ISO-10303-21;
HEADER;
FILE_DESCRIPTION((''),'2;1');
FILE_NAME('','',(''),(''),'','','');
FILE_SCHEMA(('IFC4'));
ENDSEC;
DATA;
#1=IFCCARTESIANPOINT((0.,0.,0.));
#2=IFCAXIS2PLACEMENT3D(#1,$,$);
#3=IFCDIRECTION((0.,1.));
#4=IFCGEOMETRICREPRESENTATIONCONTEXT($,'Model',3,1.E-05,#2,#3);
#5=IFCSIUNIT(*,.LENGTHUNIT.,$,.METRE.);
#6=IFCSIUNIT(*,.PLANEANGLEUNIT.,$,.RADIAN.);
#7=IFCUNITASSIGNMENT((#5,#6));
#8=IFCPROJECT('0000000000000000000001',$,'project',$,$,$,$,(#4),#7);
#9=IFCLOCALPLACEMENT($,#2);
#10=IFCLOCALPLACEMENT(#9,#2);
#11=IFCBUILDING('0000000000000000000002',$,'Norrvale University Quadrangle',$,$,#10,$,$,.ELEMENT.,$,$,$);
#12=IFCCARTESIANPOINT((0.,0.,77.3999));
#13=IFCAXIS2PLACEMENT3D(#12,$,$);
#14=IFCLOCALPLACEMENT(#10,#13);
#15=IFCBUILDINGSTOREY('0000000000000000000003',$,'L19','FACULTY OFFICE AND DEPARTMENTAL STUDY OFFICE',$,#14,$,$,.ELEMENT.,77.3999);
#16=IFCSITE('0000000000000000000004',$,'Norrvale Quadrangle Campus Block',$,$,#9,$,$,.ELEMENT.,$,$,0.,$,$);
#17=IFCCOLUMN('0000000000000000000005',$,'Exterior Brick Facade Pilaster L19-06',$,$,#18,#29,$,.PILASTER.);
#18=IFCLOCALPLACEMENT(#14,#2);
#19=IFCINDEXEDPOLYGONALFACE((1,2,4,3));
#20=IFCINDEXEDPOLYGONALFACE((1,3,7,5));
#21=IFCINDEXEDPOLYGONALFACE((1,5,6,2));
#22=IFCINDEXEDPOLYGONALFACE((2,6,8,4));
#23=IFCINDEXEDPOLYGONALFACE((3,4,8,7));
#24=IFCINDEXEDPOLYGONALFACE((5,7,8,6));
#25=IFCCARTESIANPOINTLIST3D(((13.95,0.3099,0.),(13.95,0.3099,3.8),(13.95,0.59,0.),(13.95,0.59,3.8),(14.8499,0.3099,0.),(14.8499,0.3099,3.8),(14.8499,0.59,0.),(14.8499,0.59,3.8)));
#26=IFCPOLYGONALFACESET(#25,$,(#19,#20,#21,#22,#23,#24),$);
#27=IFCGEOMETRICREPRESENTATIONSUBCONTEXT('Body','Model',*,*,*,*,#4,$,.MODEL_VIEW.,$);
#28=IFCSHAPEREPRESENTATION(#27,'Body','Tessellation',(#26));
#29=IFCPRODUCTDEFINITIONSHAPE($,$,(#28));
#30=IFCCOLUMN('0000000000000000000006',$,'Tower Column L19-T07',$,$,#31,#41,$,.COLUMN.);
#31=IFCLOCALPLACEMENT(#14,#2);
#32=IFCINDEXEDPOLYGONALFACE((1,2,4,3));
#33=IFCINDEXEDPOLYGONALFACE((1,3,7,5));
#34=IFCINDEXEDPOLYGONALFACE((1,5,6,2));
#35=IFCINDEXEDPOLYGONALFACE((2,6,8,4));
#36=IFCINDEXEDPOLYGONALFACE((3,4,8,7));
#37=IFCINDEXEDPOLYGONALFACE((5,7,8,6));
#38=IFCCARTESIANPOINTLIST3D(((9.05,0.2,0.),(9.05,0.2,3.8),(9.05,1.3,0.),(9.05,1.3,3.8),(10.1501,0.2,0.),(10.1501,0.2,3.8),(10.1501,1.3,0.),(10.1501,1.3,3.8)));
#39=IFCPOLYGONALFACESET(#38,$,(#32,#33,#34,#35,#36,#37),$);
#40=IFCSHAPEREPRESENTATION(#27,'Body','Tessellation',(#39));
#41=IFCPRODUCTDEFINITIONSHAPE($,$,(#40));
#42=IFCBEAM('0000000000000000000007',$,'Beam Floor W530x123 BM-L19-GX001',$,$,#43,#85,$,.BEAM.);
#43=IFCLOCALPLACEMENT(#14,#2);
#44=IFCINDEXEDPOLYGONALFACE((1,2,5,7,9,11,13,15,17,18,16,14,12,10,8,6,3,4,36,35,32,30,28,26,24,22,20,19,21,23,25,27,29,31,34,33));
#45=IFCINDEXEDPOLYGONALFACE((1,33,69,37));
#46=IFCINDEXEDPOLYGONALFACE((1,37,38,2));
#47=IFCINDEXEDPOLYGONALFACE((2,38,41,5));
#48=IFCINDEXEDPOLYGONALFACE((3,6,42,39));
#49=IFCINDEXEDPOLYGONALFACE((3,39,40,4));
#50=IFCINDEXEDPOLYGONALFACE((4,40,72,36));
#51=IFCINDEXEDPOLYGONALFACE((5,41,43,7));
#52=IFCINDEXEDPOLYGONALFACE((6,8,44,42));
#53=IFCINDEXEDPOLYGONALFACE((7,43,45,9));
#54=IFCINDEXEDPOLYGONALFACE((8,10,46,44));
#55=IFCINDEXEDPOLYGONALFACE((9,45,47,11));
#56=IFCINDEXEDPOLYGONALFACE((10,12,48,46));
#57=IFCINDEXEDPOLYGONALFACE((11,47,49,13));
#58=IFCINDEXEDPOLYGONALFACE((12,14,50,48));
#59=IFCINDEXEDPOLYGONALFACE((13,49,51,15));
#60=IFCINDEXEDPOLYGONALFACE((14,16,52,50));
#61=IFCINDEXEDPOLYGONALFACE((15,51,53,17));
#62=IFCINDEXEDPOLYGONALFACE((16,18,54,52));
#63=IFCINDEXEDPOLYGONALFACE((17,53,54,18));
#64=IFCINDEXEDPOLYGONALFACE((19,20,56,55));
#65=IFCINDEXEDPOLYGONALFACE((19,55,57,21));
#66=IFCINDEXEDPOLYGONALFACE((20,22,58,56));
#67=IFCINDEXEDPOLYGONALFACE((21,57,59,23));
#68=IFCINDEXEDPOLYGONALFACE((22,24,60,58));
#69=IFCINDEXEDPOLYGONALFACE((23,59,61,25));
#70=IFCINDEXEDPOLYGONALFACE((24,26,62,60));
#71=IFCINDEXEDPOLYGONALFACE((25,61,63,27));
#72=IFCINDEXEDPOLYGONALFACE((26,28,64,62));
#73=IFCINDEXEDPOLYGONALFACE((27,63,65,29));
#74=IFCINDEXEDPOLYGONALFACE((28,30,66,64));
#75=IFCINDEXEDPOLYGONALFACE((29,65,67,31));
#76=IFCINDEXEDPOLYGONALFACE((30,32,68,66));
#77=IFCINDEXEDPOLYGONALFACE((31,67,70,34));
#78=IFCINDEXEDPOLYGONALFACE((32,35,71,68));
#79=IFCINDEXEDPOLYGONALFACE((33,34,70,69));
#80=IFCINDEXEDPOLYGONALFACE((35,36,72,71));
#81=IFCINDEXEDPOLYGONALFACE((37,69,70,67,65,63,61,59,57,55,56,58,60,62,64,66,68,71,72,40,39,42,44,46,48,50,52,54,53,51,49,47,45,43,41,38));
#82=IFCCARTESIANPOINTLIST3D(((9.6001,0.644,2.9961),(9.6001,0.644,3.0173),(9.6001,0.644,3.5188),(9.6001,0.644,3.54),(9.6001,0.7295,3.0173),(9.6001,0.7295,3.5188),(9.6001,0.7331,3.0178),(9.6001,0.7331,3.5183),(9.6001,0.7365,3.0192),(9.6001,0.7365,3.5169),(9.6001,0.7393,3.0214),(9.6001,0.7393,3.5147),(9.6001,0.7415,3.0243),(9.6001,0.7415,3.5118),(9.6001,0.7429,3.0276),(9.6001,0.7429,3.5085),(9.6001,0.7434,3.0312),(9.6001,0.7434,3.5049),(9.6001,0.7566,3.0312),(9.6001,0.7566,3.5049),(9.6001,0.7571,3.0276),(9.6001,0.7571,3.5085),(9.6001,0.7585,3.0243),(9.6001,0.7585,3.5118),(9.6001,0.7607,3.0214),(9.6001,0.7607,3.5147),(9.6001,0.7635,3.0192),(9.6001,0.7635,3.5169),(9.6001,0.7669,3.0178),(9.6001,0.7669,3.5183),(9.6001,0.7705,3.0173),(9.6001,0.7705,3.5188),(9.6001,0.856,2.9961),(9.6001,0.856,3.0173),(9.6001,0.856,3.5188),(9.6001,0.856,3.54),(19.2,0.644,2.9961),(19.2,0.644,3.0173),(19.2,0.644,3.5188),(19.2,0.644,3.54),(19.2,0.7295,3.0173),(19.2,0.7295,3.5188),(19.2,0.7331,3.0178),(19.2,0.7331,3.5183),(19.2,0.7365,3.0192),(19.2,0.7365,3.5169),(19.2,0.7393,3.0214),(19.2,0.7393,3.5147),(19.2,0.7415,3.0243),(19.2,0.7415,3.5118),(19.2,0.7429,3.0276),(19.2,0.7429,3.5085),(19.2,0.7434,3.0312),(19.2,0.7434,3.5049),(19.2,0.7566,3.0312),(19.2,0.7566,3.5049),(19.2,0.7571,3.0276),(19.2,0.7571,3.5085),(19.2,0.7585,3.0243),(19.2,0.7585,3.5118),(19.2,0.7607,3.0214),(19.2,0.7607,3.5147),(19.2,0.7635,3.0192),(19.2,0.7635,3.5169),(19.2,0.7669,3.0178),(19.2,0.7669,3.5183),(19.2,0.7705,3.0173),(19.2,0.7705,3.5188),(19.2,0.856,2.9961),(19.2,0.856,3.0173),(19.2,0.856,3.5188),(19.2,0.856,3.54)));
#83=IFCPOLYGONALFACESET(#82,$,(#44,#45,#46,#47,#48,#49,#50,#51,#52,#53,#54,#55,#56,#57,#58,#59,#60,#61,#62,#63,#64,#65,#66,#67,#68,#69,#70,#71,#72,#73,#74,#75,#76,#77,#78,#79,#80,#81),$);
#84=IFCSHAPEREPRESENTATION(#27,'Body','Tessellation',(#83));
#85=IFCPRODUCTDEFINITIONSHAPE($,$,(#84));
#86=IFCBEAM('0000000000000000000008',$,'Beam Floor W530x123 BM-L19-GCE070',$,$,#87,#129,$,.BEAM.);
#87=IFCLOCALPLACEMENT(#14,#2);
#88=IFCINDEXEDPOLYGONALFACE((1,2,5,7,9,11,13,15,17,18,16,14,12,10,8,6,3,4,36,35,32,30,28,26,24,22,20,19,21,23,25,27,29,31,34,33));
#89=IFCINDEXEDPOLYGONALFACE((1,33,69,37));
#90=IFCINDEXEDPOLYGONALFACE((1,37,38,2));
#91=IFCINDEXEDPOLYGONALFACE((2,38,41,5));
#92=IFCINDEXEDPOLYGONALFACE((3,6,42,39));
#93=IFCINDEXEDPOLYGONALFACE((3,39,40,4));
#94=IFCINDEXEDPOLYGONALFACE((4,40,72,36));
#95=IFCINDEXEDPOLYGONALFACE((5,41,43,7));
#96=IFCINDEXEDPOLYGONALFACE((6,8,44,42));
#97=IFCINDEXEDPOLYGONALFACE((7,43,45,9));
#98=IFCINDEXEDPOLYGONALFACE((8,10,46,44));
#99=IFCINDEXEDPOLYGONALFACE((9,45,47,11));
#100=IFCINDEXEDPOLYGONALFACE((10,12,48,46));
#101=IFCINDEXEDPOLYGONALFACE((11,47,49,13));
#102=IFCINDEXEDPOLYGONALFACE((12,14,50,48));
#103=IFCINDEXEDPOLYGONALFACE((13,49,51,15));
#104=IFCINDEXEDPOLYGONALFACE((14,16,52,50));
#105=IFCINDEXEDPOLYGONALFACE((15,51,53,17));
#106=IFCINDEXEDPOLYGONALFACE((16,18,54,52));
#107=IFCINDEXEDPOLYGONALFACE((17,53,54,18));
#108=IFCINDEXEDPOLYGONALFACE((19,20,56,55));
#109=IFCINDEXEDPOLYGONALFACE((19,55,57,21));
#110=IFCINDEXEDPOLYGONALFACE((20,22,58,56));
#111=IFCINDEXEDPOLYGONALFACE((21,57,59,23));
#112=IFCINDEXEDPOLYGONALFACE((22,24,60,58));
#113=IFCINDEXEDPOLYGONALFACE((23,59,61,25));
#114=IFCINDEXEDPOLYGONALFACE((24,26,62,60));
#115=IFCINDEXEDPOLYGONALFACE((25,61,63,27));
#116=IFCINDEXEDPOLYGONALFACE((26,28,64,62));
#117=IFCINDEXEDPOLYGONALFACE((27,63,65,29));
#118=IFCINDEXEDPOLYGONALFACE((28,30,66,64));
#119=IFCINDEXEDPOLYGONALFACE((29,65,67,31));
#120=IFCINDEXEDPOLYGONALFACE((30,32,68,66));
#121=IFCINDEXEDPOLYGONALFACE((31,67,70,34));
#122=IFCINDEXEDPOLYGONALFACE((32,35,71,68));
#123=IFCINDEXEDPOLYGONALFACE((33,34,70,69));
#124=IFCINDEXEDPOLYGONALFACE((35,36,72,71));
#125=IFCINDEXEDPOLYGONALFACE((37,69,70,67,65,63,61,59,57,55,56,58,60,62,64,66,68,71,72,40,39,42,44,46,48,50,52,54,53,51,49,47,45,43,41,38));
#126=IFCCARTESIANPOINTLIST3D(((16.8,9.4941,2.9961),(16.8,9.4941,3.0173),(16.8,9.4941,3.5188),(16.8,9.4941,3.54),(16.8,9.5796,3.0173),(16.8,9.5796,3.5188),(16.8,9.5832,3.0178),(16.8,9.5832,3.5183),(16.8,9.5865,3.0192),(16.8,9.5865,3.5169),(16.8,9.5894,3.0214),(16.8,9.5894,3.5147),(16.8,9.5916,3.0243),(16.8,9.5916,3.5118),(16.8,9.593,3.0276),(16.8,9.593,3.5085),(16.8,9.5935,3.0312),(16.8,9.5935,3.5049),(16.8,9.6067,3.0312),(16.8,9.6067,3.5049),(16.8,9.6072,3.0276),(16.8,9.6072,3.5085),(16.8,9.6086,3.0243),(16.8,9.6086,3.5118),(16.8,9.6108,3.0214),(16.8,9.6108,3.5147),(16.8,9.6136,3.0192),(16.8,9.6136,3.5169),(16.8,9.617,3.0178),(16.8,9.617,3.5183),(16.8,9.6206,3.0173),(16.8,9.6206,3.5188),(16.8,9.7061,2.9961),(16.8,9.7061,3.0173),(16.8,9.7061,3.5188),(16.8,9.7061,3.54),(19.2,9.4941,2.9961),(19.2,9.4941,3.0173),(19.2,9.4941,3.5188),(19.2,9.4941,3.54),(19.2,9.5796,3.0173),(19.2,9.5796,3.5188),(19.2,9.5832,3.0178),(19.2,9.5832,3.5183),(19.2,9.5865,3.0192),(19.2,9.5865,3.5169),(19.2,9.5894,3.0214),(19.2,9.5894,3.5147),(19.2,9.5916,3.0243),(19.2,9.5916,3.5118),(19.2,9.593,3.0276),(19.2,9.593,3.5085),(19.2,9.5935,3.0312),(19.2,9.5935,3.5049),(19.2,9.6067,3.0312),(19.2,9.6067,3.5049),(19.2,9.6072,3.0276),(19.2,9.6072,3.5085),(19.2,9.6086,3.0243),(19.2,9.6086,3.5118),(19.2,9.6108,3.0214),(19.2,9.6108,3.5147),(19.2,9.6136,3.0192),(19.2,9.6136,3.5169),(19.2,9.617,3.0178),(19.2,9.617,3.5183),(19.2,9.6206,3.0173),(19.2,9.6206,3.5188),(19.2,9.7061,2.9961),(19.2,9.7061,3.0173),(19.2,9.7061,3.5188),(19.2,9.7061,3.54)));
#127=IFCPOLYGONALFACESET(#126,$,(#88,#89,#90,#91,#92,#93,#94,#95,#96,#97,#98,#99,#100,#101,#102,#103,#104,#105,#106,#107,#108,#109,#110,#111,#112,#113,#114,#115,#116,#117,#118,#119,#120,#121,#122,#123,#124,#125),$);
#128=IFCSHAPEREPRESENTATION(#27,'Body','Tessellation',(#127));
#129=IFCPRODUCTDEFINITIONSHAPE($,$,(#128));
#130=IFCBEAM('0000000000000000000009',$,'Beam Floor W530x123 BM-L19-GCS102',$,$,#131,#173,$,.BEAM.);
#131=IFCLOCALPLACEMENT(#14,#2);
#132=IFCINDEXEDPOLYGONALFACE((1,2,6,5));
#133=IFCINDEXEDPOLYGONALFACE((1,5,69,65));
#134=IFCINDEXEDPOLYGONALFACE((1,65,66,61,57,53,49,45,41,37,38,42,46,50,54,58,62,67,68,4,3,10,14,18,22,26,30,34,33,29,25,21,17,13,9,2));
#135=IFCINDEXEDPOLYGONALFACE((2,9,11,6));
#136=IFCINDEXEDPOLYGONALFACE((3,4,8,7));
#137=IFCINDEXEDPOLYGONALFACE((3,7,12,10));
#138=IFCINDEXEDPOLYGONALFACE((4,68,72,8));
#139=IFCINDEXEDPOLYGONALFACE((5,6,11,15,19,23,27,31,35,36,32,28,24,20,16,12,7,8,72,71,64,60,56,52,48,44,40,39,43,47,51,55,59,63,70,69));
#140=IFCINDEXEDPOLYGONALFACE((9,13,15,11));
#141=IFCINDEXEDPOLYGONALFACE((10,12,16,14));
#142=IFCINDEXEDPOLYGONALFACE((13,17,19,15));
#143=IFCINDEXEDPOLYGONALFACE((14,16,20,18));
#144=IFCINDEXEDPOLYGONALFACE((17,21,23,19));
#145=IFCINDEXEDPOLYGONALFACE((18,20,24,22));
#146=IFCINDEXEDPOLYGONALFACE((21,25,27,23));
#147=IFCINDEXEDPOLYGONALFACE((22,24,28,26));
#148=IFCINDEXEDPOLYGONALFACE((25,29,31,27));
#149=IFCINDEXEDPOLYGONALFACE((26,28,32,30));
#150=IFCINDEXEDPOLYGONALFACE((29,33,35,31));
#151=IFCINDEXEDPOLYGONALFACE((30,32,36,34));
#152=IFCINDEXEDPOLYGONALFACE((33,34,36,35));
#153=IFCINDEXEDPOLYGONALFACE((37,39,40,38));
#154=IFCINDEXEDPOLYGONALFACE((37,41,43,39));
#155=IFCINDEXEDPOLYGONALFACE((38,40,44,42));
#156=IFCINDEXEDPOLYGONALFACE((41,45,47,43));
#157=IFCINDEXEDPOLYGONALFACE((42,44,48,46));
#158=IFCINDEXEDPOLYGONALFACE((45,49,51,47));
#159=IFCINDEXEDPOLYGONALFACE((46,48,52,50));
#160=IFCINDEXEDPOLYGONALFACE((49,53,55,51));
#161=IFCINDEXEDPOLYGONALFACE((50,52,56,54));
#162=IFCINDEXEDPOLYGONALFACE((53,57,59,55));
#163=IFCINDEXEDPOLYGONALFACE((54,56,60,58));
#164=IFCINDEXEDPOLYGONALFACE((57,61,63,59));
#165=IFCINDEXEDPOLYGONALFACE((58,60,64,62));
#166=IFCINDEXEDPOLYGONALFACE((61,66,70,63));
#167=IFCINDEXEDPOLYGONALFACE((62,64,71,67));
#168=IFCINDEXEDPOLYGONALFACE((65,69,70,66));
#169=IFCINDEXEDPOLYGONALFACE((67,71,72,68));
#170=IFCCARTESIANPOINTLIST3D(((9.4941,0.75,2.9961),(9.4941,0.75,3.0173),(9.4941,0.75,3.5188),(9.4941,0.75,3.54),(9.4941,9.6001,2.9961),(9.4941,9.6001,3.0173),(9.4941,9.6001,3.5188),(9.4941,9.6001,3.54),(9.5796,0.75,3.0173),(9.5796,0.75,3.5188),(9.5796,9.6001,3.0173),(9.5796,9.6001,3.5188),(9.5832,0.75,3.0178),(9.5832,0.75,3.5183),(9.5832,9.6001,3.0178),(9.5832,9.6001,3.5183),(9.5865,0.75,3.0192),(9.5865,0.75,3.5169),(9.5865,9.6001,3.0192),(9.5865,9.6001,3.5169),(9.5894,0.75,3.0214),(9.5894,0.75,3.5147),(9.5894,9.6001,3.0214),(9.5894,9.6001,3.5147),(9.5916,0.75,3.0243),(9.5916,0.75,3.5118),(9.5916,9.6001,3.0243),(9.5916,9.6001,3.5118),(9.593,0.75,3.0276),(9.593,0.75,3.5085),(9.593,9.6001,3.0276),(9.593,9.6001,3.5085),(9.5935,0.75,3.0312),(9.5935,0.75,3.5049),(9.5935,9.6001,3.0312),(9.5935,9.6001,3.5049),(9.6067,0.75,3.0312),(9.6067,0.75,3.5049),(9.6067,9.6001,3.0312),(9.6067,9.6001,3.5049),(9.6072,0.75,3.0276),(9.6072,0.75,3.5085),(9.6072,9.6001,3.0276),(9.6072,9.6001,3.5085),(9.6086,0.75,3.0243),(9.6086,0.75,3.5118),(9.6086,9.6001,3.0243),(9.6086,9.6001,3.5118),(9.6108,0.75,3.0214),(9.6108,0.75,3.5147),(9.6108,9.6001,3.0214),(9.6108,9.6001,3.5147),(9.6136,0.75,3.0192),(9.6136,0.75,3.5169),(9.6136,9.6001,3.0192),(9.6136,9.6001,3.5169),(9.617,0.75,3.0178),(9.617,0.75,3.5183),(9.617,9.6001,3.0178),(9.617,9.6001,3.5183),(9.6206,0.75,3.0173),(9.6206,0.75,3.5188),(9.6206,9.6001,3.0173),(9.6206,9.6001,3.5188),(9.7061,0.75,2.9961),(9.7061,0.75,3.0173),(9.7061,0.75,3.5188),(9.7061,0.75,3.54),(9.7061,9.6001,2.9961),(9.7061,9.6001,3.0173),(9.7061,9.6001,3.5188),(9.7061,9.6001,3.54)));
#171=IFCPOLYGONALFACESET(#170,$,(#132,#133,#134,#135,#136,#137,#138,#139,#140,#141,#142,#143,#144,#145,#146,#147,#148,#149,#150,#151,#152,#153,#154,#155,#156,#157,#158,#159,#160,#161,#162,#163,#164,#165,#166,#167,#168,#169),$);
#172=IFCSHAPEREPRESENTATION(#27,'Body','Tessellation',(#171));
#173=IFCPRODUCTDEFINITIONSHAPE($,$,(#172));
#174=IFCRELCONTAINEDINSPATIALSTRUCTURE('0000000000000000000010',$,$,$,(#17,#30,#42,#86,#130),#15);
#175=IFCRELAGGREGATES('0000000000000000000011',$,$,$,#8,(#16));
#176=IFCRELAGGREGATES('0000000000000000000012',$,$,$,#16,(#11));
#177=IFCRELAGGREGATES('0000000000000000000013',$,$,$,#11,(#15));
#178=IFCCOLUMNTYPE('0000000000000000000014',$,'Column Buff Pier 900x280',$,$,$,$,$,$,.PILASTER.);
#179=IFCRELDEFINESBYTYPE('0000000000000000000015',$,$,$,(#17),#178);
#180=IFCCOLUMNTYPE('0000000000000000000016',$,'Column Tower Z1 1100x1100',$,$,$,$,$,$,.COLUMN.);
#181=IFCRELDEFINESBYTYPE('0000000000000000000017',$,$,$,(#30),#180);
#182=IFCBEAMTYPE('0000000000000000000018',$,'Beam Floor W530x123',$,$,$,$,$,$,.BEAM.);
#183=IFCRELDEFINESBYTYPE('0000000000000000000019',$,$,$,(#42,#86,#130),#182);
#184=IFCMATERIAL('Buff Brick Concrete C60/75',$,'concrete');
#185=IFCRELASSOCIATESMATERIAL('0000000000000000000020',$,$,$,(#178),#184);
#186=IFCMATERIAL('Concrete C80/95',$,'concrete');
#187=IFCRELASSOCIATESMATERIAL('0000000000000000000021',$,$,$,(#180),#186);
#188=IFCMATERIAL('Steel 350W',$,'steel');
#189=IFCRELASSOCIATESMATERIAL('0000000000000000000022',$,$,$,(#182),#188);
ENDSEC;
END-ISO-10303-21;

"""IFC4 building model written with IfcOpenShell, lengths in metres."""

from ifc_helpers import new_model, si_unit, direction, frame, origin, origin_2d, place, context, subcontext, project, spatial, rectangle, i_section, extrude, material, material_profile, profile_set, type_object, element, save


model = new_model("IFC4")

# Units and contexts
model_context = context("Model", 3, precision=1e-05, world=origin(), true_north=direction((0.0, 1.0)))
body_context = subcontext(model_context, "Body", "Model", "MODEL_VIEW")
ifc_project = project(units=[si_unit("LENGTHUNIT", "METRE"), si_unit("PLANEANGLEUNIT", "RADIAN")], contexts=[model_context])

# Site, building, storey
site_placement = place(None, origin())
site = spatial("IfcSite", under=ifc_project, at=site_placement, Name="Norrvale Quadrangle Campus Block", CompositionType="ELEMENT", RefElevation=0.0)
building_placement = place(site_placement, origin())
building = spatial("IfcBuilding", under=site, at=building_placement, Name="Norrvale University Quadrangle", CompositionType="ELEMENT")
storey_placement = place(building_placement, frame((0.0, 0.0, 77.3999)))
storey = spatial("IfcBuildingStorey", under=building, at=storey_placement, Name="L19", Description="FACULTY OFFICE AND DEPARTMENTAL STUDY OFFICE", CompositionType="ELEMENT", Elevation=77.3999)

# Columns
ifc_material_1 = material(Name="Buff Brick Concrete C60/75", Category="concrete")
ifc_material_profile_1 = material_profile(ifc_material_1, rectangle(XDim=0.8999, YDim=0.28, at=origin_2d()), Name="Buff Brick Concrete C60/75")
ifc_profile_set_1 = profile_set([ifc_material_profile_1], Name="Buff Brick Concrete C60/75")
column_type_1 = type_object("IfcColumnType", Name="Column Buff Pier 900x280", PredefinedType="PILASTER", material=ifc_profile_set_1)
column_1_placement = place(storey_placement, frame((14.3999, 0.45, 0.0), z_axis=(0.0, 0.0, 1.0), x_axis=(1.0, 0.0, 0.0)))
element("IfcColumn", 1, at=column_1_placement, inside=storey, type_object=column_type_1, Name="Exterior Brick Facade Pilaster L19-06", PredefinedType="PILASTER", context=body_context, shape_type="SweptSolid", body=[
    extrude(rectangle(XDim=0.8999, YDim=0.28, at=origin_2d()), origin(), (0.0, 0.0, 1.0), 3.8),
])
ifc_material_2 = material(Name="Concrete C80/95", Category="concrete")
ifc_material_profile_2 = material_profile(ifc_material_2, rectangle(XDim=1.1001, YDim=1.1001, at=origin_2d()), Name="Concrete C80/95")
ifc_profile_set_2 = profile_set([ifc_material_profile_2], Name="Concrete C80/95")
column_type_2 = type_object("IfcColumnType", Name="Column Tower Z1 1100x1100", PredefinedType="COLUMN", material=ifc_profile_set_2)
column_2_placement = place(storey_placement, frame((9.6001, 0.75, 0.0), z_axis=(0.0, 0.0, 1.0), x_axis=(1.0, 0.0, 0.0)))
element("IfcColumn", 2, at=column_2_placement, inside=storey, type_object=column_type_2, Name="Tower Column L19-T07", PredefinedType="COLUMN", context=body_context, shape_type="SweptSolid", body=[
    extrude(rectangle(XDim=1.1001, YDim=1.1001, at=origin_2d()), origin(), (0.0, 0.0, 1.0), 3.8),
])

# Beams
ifc_material_3 = material(Name="Steel 350W", Category="steel")
ifc_material_profile_3 = material_profile(ifc_material_3, i_section(OverallWidth=0.2119, OverallDepth=0.5439, WebThickness=0.0132, FlangeThickness=0.0212, FilletRadius=0.0139, at=origin_2d()), Name="Steel 350W")
ifc_profile_set_3 = profile_set([ifc_material_profile_3], Name="Steel 350W")
beam_type_1 = type_object("IfcBeamType", Name="Beam Floor W530x123", PredefinedType="BEAM", material=ifc_profile_set_3)
beam_1_placement = place(storey_placement, frame((9.6001, 0.75, 3.2681), z_axis=(1.0, 0.0, 0.0), x_axis=(0.0, 1.0, 0.0)))
element("IfcBeam", 3, at=beam_1_placement, inside=storey, type_object=beam_type_1, Name="Beam Floor W530x123 BM-L19-GX001", PredefinedType="BEAM", context=body_context, shape_type="SweptSolid", body=[
    extrude(i_section(OverallWidth=0.2119, OverallDepth=0.5439, WebThickness=0.0132, FlangeThickness=0.0212, FilletRadius=0.0139, at=origin_2d()), origin(), (0.0, 0.0, 1.0), 9.5999),
])
beam_2_placement = place(storey_placement, frame((16.8, 9.6001, 3.2681), z_axis=(1.0, 0.0, 0.0), x_axis=(0.0, 1.0, 0.0)))
element("IfcBeam", 4, at=beam_2_placement, inside=storey, type_object=beam_type_1, Name="Beam Floor W530x123 BM-L19-GCE070", PredefinedType="BEAM", context=body_context, shape_type="SweptSolid", body=[
    extrude(i_section(OverallWidth=0.2119, OverallDepth=0.5439, WebThickness=0.0132, FlangeThickness=0.0212, FilletRadius=0.0139, at=origin_2d()), origin(), (0.0, 0.0, 1.0), 2.3999),
])
beam_3_placement = place(storey_placement, frame((9.6001, 0.75, 3.2681), z_axis=(0.0, 1.0, 0.0), x_axis=(-1.0, 0.0, 0.0)))
element("IfcBeam", 5, at=beam_3_placement, inside=storey, type_object=beam_type_1, Name="Beam Floor W530x123 BM-L19-GCS102", PredefinedType="BEAM", context=body_context, shape_type="SweptSolid", body=[
    extrude(i_section(OverallWidth=0.2119, OverallDepth=0.5439, WebThickness=0.0132, FlangeThickness=0.0212, FilletRadius=0.0139, at=origin_2d()), origin(), (0.0, 0.0, 1.0), 8.8501),
])

save(model, "model.ifc")
